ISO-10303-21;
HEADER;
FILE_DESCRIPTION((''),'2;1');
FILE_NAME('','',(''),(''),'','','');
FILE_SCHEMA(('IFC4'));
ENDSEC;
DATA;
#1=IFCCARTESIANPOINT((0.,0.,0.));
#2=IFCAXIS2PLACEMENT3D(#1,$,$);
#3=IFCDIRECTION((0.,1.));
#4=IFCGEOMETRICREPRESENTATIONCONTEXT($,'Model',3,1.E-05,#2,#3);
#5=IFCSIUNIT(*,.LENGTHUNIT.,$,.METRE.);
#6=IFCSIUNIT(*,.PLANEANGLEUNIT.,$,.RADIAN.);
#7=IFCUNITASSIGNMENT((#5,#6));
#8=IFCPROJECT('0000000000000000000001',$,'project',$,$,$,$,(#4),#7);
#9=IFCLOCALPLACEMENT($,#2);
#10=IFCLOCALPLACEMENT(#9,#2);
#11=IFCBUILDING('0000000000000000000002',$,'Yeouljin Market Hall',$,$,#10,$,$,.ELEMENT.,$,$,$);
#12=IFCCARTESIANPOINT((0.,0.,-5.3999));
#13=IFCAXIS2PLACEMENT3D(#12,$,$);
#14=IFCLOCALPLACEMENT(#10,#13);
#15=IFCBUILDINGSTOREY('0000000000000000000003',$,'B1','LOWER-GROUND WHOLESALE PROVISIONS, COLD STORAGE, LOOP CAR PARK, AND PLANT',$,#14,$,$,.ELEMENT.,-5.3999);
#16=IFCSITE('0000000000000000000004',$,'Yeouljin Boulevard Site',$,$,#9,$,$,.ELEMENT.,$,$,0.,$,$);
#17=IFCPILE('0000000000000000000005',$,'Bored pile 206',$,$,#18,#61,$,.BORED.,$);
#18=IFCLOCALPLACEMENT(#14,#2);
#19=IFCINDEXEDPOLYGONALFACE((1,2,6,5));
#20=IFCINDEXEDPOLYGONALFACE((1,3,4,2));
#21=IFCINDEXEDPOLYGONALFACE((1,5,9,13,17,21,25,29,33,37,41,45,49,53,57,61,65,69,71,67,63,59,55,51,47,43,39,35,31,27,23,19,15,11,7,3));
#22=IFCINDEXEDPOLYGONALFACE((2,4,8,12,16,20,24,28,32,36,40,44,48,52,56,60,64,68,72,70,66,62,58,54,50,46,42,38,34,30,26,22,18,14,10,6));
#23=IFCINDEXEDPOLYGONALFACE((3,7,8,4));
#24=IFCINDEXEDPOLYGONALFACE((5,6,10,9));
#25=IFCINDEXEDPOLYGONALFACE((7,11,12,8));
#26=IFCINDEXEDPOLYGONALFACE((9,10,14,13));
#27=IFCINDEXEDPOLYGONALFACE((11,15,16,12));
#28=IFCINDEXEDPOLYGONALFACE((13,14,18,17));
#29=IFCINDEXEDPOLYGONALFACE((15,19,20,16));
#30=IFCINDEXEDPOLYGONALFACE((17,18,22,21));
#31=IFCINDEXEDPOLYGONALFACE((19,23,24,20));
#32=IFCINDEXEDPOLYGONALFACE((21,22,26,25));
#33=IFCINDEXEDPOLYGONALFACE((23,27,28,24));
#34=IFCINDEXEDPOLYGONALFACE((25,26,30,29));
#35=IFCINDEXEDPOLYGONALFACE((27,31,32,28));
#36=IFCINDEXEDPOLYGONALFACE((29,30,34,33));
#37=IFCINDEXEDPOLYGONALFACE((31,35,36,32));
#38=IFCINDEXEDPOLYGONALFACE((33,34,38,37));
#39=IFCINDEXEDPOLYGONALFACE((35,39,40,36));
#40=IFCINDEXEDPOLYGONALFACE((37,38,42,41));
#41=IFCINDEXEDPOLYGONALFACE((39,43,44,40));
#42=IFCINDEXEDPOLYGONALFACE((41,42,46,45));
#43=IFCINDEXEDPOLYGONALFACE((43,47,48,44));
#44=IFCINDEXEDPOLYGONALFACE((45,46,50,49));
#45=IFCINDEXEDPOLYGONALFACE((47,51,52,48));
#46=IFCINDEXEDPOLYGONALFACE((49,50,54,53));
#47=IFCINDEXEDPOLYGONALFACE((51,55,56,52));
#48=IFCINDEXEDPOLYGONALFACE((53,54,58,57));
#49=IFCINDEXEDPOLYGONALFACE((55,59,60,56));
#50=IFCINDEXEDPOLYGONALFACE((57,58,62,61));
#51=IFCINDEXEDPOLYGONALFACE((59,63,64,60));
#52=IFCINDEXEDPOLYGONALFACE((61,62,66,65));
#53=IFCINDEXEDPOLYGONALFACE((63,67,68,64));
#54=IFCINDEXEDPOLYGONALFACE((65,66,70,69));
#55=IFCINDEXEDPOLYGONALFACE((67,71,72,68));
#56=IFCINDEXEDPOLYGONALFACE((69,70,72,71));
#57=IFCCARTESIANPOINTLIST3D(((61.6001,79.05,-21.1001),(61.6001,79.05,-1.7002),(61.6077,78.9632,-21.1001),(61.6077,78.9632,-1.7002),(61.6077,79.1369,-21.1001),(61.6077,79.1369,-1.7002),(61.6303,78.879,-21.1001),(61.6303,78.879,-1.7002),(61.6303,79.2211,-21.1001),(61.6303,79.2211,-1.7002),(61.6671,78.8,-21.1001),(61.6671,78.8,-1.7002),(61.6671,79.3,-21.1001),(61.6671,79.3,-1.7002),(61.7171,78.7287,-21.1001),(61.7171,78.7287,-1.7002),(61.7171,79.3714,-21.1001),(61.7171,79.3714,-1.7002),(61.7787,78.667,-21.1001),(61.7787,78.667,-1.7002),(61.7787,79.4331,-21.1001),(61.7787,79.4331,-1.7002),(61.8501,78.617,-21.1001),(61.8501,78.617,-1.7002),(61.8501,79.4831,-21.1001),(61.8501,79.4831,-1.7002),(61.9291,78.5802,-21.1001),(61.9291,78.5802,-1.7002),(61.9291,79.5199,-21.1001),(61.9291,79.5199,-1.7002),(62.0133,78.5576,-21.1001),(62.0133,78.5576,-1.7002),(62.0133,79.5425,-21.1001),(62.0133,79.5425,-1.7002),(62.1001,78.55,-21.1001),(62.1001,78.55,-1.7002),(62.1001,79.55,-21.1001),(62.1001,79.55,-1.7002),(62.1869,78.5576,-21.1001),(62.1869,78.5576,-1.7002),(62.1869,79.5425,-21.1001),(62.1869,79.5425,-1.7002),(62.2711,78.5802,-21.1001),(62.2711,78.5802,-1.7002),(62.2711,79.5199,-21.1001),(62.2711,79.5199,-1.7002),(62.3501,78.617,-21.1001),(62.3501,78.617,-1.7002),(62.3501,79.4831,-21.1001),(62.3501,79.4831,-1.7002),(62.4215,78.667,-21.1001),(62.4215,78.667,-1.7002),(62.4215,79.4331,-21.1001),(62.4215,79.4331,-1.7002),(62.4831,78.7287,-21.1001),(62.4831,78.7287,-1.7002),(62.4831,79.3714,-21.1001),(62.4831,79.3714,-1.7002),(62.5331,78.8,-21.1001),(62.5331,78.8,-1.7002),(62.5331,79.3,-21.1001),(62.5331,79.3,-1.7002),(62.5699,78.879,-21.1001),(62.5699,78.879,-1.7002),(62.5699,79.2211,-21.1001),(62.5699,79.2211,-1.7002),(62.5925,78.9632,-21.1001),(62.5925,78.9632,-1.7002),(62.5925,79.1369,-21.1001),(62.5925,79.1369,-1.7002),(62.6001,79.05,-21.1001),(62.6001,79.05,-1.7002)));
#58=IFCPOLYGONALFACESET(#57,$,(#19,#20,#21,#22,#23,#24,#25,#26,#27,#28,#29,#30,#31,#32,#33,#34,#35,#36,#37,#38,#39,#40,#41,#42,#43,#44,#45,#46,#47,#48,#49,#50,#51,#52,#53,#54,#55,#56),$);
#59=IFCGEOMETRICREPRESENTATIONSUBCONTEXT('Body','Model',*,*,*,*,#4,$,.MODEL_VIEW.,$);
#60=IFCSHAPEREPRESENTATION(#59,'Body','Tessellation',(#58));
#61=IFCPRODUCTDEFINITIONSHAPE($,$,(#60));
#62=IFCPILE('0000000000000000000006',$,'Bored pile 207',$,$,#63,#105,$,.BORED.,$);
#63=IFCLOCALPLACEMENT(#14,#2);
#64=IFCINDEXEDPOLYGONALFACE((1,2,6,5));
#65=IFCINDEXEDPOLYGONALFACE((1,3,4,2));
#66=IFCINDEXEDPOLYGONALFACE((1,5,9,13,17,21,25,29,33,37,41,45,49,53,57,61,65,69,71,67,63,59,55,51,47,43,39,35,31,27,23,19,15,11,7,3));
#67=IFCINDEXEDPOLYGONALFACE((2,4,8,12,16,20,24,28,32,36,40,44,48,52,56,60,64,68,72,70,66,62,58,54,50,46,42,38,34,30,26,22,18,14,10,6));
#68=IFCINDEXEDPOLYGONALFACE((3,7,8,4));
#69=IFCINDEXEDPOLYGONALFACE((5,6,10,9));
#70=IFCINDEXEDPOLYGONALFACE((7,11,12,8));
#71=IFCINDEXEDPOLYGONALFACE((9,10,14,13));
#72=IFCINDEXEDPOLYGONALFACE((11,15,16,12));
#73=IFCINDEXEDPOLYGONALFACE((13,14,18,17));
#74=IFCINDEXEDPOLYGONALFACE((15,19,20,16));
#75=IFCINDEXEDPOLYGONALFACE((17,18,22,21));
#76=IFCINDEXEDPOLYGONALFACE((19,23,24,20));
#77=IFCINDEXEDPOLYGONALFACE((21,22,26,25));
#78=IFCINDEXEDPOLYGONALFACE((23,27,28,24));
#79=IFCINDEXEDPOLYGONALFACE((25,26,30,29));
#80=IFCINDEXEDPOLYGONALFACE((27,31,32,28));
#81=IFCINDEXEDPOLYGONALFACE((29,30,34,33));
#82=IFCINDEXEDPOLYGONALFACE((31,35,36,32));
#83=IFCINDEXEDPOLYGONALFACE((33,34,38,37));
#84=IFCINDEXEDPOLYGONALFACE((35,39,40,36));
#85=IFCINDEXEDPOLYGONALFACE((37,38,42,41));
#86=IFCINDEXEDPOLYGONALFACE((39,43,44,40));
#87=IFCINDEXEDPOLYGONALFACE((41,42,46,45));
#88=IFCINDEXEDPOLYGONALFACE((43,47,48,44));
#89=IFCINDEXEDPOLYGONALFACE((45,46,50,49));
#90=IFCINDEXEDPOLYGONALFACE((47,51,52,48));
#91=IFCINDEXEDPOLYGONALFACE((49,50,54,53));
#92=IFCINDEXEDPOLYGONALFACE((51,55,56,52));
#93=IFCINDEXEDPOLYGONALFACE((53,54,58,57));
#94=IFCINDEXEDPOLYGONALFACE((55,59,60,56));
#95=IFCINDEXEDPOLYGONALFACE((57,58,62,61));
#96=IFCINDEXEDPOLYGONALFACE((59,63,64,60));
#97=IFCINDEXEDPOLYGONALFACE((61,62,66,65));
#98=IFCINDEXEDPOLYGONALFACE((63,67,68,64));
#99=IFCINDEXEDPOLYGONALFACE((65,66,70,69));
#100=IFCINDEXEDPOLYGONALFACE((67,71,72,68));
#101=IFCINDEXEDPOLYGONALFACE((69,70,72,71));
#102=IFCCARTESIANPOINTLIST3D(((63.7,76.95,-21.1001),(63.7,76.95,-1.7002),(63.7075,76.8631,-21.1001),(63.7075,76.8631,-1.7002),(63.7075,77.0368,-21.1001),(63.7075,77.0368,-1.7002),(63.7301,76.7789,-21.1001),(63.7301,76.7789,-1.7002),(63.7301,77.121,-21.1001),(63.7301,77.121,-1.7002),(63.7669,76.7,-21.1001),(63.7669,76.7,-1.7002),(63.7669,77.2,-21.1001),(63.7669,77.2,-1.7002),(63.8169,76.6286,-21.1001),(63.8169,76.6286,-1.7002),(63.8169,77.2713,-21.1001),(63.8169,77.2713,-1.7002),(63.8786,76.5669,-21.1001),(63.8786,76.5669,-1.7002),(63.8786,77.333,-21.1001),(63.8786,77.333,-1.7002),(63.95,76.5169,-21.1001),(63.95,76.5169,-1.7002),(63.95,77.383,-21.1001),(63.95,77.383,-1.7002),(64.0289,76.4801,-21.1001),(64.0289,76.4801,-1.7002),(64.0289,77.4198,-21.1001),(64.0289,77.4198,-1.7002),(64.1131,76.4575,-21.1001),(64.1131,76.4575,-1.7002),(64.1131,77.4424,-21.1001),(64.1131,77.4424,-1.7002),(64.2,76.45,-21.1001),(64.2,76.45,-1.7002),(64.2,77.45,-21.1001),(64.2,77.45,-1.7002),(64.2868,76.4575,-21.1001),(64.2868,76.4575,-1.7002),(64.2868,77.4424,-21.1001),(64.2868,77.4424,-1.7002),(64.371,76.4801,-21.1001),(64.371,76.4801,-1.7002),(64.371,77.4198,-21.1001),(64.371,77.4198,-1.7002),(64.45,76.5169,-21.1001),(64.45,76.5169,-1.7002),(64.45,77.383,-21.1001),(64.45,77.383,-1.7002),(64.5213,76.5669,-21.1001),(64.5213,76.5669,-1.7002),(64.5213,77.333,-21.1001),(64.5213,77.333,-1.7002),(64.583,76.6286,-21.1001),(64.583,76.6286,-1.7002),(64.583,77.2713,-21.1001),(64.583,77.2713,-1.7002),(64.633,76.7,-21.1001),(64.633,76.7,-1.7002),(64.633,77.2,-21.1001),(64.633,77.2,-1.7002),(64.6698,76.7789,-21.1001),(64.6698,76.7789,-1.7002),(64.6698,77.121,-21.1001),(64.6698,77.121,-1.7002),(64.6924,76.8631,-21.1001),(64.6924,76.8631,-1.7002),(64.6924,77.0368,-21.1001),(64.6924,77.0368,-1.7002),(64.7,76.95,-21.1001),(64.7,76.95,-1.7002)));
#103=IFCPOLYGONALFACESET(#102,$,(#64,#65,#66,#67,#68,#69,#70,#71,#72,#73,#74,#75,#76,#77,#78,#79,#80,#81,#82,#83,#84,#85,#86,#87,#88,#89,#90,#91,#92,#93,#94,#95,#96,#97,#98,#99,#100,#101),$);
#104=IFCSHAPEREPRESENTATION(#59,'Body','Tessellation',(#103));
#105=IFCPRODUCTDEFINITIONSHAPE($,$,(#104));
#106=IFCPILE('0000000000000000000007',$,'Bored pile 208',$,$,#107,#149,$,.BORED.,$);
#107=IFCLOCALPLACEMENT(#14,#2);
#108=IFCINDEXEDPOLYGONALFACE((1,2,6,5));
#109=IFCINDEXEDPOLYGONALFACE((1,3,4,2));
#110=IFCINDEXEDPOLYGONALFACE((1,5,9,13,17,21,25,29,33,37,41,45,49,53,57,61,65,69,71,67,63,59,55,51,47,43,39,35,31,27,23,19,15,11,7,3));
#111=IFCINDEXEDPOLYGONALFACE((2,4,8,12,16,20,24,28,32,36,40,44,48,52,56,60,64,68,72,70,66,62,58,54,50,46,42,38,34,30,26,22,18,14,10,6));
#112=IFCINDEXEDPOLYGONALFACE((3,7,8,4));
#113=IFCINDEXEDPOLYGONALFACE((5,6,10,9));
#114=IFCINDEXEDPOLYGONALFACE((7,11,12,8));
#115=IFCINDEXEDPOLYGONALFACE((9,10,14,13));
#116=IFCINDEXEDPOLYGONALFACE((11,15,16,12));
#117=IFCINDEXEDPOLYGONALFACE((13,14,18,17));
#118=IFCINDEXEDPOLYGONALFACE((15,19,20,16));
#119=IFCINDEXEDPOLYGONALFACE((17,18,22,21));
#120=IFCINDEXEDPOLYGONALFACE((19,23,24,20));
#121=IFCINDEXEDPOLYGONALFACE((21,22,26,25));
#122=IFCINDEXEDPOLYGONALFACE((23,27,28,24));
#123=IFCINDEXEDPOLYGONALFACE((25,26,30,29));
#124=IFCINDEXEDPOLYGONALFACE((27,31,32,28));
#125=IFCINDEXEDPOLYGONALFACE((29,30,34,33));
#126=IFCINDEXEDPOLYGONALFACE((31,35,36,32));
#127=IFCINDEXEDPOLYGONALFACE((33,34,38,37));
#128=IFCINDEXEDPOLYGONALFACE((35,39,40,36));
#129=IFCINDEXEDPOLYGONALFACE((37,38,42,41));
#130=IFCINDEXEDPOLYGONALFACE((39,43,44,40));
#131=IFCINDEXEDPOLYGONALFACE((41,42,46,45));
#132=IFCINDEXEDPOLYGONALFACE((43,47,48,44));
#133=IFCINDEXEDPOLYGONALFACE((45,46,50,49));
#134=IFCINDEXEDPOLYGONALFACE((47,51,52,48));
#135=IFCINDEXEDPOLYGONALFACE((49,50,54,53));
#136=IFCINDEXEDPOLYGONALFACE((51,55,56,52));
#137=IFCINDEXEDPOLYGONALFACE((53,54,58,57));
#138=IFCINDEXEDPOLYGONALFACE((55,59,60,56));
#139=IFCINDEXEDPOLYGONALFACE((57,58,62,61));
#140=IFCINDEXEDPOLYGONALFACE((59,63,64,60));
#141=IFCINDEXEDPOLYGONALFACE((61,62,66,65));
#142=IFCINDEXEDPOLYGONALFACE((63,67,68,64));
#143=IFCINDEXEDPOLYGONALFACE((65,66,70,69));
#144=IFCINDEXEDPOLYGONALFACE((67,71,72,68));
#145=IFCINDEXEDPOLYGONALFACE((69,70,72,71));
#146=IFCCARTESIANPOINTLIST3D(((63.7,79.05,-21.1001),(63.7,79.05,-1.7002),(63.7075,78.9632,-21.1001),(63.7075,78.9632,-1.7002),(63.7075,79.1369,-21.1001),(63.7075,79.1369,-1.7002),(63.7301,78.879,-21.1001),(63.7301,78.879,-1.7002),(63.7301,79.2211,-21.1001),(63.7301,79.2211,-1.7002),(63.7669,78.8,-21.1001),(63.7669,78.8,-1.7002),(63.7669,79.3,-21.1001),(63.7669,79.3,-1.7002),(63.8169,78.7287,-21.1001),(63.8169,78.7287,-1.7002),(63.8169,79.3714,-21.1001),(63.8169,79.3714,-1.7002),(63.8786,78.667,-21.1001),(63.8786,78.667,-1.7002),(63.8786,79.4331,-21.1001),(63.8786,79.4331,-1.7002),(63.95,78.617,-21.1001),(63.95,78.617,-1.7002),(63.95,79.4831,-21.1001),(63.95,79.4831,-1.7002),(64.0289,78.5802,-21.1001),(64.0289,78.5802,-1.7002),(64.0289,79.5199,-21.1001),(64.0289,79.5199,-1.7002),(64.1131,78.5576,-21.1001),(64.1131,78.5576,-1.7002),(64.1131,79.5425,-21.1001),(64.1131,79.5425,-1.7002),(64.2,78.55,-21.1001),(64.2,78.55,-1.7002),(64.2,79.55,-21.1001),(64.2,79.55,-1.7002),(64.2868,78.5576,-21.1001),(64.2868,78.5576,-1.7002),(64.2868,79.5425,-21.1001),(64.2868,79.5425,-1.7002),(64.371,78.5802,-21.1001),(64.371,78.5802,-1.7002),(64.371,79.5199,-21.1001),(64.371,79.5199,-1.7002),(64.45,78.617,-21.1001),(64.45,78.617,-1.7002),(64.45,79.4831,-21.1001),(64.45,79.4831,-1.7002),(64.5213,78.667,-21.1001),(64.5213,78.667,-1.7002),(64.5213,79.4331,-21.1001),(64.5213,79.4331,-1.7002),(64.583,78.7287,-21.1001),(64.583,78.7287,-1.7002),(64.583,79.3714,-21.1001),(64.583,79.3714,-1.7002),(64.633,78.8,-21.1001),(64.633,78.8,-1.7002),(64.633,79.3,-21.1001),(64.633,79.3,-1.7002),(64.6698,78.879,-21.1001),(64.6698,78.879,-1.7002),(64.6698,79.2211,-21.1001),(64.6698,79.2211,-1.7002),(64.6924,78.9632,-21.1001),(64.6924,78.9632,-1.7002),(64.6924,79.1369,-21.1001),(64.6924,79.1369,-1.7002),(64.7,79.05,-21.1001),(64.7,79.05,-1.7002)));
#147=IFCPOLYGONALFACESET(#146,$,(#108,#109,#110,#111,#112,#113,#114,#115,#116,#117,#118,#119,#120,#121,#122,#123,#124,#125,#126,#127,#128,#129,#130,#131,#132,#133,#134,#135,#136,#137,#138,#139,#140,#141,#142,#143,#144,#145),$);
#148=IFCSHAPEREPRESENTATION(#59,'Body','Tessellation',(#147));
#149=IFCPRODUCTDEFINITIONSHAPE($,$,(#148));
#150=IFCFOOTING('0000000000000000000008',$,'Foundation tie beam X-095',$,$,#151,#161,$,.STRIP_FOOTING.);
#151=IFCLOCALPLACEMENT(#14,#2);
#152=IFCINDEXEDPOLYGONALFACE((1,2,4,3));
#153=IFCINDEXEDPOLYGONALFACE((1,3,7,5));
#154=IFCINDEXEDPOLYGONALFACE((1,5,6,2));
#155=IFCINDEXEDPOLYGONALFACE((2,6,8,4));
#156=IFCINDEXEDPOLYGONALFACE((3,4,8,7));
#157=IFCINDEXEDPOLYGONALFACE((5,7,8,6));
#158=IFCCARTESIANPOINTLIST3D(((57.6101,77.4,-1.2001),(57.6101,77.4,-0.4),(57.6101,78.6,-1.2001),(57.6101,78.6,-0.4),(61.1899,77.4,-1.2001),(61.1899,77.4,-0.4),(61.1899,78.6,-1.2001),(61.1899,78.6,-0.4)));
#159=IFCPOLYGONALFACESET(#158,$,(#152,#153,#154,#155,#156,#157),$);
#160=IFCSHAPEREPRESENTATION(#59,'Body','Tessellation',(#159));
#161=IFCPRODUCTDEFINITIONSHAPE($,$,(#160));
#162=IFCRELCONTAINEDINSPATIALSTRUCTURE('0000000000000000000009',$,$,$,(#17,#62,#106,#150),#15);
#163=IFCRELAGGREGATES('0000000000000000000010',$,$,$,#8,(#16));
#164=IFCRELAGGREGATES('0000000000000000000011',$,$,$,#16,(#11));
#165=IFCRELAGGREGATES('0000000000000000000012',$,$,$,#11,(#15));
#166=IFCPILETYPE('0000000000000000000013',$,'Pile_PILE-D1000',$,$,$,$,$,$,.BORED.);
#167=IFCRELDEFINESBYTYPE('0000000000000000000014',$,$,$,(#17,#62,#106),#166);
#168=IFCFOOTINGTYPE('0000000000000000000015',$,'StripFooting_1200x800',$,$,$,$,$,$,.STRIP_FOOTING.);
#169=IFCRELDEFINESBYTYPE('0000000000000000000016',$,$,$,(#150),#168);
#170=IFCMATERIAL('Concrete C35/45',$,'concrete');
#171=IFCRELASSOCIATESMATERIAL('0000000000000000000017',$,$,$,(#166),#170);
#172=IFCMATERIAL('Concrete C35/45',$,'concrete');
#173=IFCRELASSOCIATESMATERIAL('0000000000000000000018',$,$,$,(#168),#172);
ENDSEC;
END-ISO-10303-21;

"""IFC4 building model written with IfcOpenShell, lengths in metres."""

from ifc_helpers import new_model, si_unit, direction, frame, origin, origin_2d, place, context, subcontext, project, spatial, rectangle, circle, extrude, material, material_profile, profile_set, type_object, element, save


model = new_model("IFC4")

# Units and contexts
model_context = context("Model", 3, precision=1e-05, world=origin(), true_north=direction((0.0, 1.0)))
body_context = subcontext(model_context, "Body", "Model", "MODEL_VIEW")
ifc_project = project(units=[si_unit("LENGTHUNIT", "METRE"), si_unit("PLANEANGLEUNIT", "RADIAN")], contexts=[model_context])

# Site, building, storey
site_placement = place(None, origin())
site = spatial("IfcSite", under=ifc_project, at=site_placement, Name="Yeouljin Boulevard Site", CompositionType="ELEMENT", RefElevation=0.0)
building_placement = place(site_placement, origin())
building = spatial("IfcBuilding", under=site, at=building_placement, Name="Yeouljin Market Hall", CompositionType="ELEMENT")
storey_placement = place(building_placement, frame((0.0, 0.0, -5.3999)))
storey = spatial("IfcBuildingStorey", under=building, at=storey_placement, Name="B1", Description="LOWER-GROUND WHOLESALE PROVISIONS, COLD STORAGE, LOOP CAR PARK, AND PLANT", CompositionType="ELEMENT", Elevation=-5.3999)

# Piles
ifc_material_1 = material(Name="Concrete C35/45", Category="concrete")
ifc_material_profile_1 = material_profile(ifc_material_1, circle(Radius=0.5, at=origin_2d()), Name="PILE-D1000")
ifc_profile_set_1 = profile_set([ifc_material_profile_1], Name="Concrete C35/45")
pile_type = type_object("IfcPileType", Name="Pile_PILE-D1000", PredefinedType="BORED", material=ifc_profile_set_1)
for number, where, z_axis, x_axis, name in (
    (1, (62.1001, 79.05, -1.7002), (0.0, 0.0, -1.0), (1.0, 0.0, 0.0), "Bored pile 206"),
    (2, (64.2, 76.95, -1.7002), (0.0, 0.0, -1.0), (1.0, 0.0, 0.0), "Bored pile 207"),
    (3, (64.2, 79.05, -1.7002), (0.0, 0.0, -1.0), (1.0, 0.0, 0.0), "Bored pile 208"),
):
    element("IfcPile", number, at=place(storey_placement, frame(where, z_axis=z_axis, x_axis=x_axis)), inside=storey, type_object=pile_type, Name=name, PredefinedType="BORED", context=body_context, shape_type="SweptSolid", body=[
        extrude(circle(Radius=0.5, at=origin_2d()), origin(), (0.0, 0.0, 1.0), 19.3999),
    ])

# Footing
ifc_material_2 = material(Name="Concrete C35/45", Category="concrete")
ifc_material_profile_2 = material_profile(ifc_material_2, rectangle(XDim=1.2, YDim=0.8, at=origin_2d()), Name="SF-1200x800")
ifc_profile_set_2 = profile_set([ifc_material_profile_2], Name="Concrete C35/45")
footing_type_1 = type_object("IfcFootingType", Name="StripFooting_1200x800", PredefinedType="STRIP_FOOTING", material=ifc_profile_set_2)
footing_1_placement = place(storey_placement, frame((57.6101, 78.0, -0.8), z_axis=(1.0, 0.0, 0.0), x_axis=(0.0, 1.0, 0.0)))
element("IfcFooting", 4, at=footing_1_placement, inside=storey, type_object=footing_type_1, Name="Foundation tie beam X-095", PredefinedType="STRIP_FOOTING", context=body_context, shape_type="SweptSolid", body=[
    extrude(rectangle(XDim=1.2, YDim=0.8, at=origin_2d()), origin(), (0.0, 0.0, 1.0), 3.5798),
])

save(model, "model.ifc")
